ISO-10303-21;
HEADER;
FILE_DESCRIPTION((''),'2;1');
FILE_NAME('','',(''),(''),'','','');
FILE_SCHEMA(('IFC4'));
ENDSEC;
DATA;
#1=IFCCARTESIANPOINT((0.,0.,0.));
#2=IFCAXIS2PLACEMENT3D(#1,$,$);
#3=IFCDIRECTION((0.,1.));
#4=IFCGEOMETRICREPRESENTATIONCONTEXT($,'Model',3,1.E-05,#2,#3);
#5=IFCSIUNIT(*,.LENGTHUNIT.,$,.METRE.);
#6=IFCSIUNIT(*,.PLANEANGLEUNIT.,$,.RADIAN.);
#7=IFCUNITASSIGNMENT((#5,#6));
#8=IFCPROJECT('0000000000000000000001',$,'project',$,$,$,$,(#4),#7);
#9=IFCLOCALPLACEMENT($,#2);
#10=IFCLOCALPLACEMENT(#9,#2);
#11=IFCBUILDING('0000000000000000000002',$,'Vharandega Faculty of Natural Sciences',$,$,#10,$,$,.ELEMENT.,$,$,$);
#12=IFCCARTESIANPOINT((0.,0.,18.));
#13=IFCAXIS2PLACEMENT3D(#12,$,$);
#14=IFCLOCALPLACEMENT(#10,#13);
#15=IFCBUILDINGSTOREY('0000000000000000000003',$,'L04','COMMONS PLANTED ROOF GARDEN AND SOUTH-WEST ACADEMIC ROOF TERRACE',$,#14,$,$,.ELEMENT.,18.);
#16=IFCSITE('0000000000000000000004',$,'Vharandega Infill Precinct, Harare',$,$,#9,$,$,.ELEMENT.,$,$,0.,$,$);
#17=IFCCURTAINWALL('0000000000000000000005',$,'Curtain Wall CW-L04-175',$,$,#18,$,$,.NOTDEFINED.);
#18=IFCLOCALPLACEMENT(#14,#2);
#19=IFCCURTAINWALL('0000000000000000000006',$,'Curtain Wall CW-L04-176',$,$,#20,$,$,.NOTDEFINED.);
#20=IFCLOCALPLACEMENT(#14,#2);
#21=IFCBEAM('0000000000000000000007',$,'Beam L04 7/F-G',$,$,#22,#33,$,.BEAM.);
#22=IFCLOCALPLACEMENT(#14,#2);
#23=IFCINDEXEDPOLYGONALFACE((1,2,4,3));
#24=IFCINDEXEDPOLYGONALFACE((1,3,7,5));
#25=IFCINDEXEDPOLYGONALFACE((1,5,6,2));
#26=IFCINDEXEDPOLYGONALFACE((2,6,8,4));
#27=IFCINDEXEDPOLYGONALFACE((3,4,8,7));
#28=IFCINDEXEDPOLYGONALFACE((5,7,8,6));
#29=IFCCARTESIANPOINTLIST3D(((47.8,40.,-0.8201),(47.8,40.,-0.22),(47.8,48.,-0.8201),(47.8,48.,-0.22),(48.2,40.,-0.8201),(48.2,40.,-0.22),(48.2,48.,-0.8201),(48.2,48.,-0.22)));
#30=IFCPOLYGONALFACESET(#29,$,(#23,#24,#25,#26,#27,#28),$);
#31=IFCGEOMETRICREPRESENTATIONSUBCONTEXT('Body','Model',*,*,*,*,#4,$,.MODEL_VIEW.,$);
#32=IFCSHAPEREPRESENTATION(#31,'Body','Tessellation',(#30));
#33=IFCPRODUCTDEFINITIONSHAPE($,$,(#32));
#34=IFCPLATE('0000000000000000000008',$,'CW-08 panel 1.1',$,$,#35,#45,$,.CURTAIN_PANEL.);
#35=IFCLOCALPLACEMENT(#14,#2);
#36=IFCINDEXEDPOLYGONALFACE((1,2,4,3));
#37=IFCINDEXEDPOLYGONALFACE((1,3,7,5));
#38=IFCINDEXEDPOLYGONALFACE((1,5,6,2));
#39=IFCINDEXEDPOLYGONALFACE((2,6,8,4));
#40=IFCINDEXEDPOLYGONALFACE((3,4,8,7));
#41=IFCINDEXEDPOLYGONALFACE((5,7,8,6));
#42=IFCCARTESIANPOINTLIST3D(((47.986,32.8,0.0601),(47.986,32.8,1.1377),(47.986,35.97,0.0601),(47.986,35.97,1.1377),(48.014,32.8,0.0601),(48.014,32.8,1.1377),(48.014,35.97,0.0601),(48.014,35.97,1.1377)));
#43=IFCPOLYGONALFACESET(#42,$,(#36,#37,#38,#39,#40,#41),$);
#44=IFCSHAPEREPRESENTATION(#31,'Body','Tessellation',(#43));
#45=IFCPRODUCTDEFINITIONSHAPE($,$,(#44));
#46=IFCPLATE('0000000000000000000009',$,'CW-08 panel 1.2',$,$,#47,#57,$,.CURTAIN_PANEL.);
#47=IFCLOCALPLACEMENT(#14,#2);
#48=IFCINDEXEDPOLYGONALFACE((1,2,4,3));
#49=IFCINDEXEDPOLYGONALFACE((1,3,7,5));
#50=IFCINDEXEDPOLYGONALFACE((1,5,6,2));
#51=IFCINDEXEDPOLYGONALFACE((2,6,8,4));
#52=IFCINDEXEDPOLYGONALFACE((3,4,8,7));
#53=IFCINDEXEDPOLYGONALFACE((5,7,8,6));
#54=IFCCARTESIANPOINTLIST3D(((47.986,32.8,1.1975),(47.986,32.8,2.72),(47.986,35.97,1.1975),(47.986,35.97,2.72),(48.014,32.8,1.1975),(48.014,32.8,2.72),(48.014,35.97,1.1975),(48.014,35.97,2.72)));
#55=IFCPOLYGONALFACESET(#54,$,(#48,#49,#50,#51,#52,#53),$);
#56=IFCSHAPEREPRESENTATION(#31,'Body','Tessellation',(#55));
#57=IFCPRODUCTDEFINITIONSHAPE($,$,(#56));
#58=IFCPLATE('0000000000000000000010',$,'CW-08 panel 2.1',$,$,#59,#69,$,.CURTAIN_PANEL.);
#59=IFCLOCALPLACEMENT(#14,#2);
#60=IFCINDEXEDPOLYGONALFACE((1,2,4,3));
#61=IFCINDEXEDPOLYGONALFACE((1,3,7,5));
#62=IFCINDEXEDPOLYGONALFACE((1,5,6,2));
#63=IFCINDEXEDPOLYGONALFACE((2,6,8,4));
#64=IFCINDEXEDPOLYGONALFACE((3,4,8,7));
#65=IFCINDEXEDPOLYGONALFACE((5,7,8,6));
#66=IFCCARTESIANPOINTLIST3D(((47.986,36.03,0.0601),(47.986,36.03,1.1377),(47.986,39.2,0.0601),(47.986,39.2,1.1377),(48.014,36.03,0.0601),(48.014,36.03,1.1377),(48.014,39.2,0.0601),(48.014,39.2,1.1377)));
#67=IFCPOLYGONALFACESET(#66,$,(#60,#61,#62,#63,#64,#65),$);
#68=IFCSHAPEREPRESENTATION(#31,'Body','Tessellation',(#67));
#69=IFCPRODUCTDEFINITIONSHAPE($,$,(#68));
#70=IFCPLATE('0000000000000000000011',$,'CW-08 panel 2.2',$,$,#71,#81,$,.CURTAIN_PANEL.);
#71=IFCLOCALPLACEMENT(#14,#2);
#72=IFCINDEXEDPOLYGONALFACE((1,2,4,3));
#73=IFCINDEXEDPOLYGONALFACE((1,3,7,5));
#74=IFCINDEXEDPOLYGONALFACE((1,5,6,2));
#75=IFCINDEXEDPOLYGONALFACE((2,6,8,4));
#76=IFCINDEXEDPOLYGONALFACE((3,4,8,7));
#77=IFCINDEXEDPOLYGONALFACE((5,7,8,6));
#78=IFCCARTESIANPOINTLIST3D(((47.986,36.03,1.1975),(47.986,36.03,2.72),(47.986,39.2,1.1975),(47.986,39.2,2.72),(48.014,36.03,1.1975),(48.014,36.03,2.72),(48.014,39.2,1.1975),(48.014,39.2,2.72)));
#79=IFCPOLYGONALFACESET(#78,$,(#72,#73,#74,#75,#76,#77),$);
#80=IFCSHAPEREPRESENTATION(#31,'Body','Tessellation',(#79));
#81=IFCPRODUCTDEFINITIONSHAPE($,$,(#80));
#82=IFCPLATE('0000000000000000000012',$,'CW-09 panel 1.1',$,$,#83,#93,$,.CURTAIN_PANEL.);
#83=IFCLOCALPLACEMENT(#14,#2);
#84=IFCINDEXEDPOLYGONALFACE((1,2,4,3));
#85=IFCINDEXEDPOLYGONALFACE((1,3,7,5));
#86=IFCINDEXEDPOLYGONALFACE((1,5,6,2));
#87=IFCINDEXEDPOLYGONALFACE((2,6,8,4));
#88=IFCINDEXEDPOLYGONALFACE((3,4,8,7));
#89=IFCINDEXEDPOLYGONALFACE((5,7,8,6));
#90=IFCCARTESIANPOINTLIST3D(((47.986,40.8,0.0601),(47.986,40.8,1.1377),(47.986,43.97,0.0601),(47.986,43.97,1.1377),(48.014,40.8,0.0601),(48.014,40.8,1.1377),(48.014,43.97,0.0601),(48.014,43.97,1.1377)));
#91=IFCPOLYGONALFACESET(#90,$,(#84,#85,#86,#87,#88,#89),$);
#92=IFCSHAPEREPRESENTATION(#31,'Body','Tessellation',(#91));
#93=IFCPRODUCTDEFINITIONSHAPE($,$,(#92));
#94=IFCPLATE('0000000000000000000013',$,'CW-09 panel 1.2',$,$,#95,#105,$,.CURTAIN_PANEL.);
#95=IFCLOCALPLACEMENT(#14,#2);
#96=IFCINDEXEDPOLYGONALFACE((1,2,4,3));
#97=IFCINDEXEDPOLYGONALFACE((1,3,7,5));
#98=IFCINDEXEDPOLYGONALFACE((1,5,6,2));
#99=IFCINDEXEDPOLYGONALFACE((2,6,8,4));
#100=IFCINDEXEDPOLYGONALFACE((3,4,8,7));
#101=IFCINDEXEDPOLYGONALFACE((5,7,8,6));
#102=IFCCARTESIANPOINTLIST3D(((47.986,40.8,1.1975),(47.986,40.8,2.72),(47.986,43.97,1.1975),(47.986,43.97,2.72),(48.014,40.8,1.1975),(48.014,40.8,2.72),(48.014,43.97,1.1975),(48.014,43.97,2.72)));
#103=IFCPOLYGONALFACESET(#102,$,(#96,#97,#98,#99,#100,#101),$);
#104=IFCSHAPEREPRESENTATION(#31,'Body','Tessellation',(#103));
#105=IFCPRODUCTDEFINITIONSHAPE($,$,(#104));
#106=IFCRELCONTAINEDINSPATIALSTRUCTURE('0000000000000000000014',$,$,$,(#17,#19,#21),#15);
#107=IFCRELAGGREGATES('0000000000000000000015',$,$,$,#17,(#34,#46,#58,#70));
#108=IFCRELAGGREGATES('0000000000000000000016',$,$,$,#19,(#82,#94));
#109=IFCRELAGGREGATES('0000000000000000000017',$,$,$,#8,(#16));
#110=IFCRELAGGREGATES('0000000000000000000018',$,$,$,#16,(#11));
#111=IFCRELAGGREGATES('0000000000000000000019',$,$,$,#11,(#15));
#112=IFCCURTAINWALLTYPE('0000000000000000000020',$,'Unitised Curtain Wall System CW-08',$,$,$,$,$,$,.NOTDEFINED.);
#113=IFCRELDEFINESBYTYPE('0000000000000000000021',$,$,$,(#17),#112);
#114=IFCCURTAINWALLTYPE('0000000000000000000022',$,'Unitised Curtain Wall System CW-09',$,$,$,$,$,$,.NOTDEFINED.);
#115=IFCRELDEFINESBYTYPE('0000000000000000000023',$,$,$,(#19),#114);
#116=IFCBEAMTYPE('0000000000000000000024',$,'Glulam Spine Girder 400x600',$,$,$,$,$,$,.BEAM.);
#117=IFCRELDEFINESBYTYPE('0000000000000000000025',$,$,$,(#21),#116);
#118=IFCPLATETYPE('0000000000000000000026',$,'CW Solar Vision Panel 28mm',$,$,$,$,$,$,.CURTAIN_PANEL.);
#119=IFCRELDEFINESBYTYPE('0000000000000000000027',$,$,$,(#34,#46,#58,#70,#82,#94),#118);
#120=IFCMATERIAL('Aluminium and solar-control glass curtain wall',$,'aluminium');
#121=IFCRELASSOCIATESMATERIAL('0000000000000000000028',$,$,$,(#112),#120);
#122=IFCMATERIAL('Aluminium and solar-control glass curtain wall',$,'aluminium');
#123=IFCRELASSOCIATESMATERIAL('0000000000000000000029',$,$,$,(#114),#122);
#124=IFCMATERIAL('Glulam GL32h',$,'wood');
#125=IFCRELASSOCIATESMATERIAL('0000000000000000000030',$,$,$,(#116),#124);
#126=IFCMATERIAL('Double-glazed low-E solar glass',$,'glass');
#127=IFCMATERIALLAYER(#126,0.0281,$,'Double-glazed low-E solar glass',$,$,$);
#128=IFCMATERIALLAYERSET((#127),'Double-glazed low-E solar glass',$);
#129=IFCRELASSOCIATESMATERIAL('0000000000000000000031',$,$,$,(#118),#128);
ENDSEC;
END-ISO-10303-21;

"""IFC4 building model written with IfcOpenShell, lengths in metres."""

from ifc_helpers import new_model, si_unit, direction, frame, origin, origin_2d, place, context, subcontext, project, spatial, rectangle, extrude, material, layer, layer_set, material_profile, profile_set, type_object, element, aggregate, save


model = new_model("IFC4")

# Units and contexts
model_context = context("Model", 3, precision=1e-05, world=origin(), true_north=direction((0.0, 1.0)))
body_context = subcontext(model_context, "Body", "Model", "MODEL_VIEW")
ifc_project = project(units=[si_unit("LENGTHUNIT", "METRE"), si_unit("PLANEANGLEUNIT", "RADIAN")], contexts=[model_context])

# Site, building, storey
site_placement = place(None, origin())
site = spatial("IfcSite", under=ifc_project, at=site_placement, Name="Vharandega Infill Precinct, Harare", CompositionType="ELEMENT", RefElevation=0.0)
building_placement = place(site_placement, origin())
building = spatial("IfcBuilding", under=site, at=building_placement, Name="Vharandega Faculty of Natural Sciences", CompositionType="ELEMENT")
storey_placement = place(building_placement, frame((0.0, 0.0, 18.0)))
storey = spatial("IfcBuildingStorey", under=building, at=storey_placement, Name="L04", Description="COMMONS PLANTED ROOF GARDEN AND SOUTH-WEST ACADEMIC ROOF TERRACE", CompositionType="ELEMENT", Elevation=18.0)

# Curtain walls
ifc_material_1 = material(Name="Aluminium and solar-control glass curtain wall", Category="aluminium")
curtain_wall_type_1 = type_object("IfcCurtainWallType", Name="Unitised Curtain Wall System CW-08", PredefinedType="NOTDEFINED", material=ifc_material_1)
curtain_wall_1_placement = place(storey_placement, origin())
curtain_wall_1 = element("IfcCurtainWall", 1, at=curtain_wall_1_placement, inside=storey, type_object=curtain_wall_type_1, Name="Curtain Wall CW-L04-175", PredefinedType="NOTDEFINED")
ifc_material_2 = material(Name="Aluminium and solar-control glass curtain wall", Category="aluminium")
curtain_wall_type_2 = type_object("IfcCurtainWallType", Name="Unitised Curtain Wall System CW-09", PredefinedType="NOTDEFINED", material=ifc_material_2)
curtain_wall_2_placement = place(storey_placement, origin())
curtain_wall_2 = element("IfcCurtainWall", 2, at=curtain_wall_2_placement, inside=storey, type_object=curtain_wall_type_2, Name="Curtain Wall CW-L04-176", PredefinedType="NOTDEFINED")

# Beam
ifc_material_3 = material(Name="Glulam GL32h", Category="wood")
ifc_material_profile_1 = material_profile(ifc_material_3, rectangle(XDim=0.3999, YDim=0.6001, at=origin_2d()), Name="GL32h 400x600")
ifc_profile_set_1 = profile_set([ifc_material_profile_1], Name="Glulam GL32h")
beam_type = type_object("IfcBeamType", Name="Glulam Spine Girder 400x600", PredefinedType="BEAM", material=ifc_profile_set_1)
beam_placement = place(storey_placement, frame((48.0, 40.0, -0.52), z_axis=(0.0, 1.0, 0.0), x_axis=(-1.0, 0.0, 0.0)))
element("IfcBeam", 3, at=beam_placement, inside=storey, type_object=beam_type, Name="Beam L04 7/F-G", PredefinedType="BEAM", context=body_context, shape_type="SweptSolid", body=[
    extrude(rectangle(XDim=0.3999, YDim=0.6001, at=origin_2d()), origin(), (0.0, 0.0, 1.0), 8.0),
])

# Plates
ifc_material_4 = material(Name="Double-glazed low-E solar glass", Category="glass")
ifc_layer = layer(ifc_material_4, 0.0281, Name="Double-glazed low-E solar glass")
ifc_layer_set = layer_set([ifc_layer], Name="Double-glazed low-E solar glass")
plate_type = type_object("IfcPlateType", Name="CW Solar Vision Panel 28mm", PredefinedType="CURTAIN_PANEL", material=ifc_layer_set)
plate_1_placement = place(storey_placement, frame((48.0, 34.385, 0.0601), z_axis=(0.0, 0.0, 1.0), x_axis=(0.0, 1.0, 0.0)))
plate_1 = element("IfcPlate", 4, at=plate_1_placement, type_object=plate_type, Name="CW-08 panel 1.1", PredefinedType="CURTAIN_PANEL", context=body_context, shape_type="SweptSolid", body=[
    extrude(rectangle(XDim=3.1699, YDim=0.0281, at=origin_2d()), origin(), (0.0, 0.0, 1.0), 1.0776),
])
plate_2_placement = place(storey_placement, frame((48.0, 34.385, 1.1975), z_axis=(0.0, 0.0, 1.0), x_axis=(0.0, 1.0, 0.0)))
plate_2 = element("IfcPlate", 5, at=plate_2_placement, type_object=plate_type, Name="CW-08 panel 1.2", PredefinedType="CURTAIN_PANEL", context=body_context, shape_type="SweptSolid", body=[
    extrude(rectangle(XDim=3.1699, YDim=0.0281, at=origin_2d()), origin(), (0.0, 0.0, 1.0), 1.5225),
])
plate_3_placement = place(storey_placement, frame((48.0, 37.615, 0.0601), z_axis=(0.0, 0.0, 1.0), x_axis=(0.0, 1.0, 0.0)))
plate_3 = element("IfcPlate", 6, at=plate_3_placement, type_object=plate_type, Name="CW-08 panel 2.1", PredefinedType="CURTAIN_PANEL", context=body_context, shape_type="SweptSolid", body=[
    extrude(rectangle(XDim=3.1699, YDim=0.0281, at=origin_2d()), origin(), (0.0, 0.0, 1.0), 1.0776),
])
plate_4_placement = place(storey_placement, frame((48.0, 37.615, 1.1975), z_axis=(0.0, 0.0, 1.0), x_axis=(0.0, 1.0, 0.0)))
plate_4 = element("IfcPlate", 7, at=plate_4_placement, type_object=plate_type, Name="CW-08 panel 2.2", PredefinedType="CURTAIN_PANEL", context=body_context, shape_type="SweptSolid", body=[
    extrude(rectangle(XDim=3.1699, YDim=0.0281, at=origin_2d()), origin(), (0.0, 0.0, 1.0), 1.5225),
])
aggregate(curtain_wall_1, [plate_1, plate_2, plate_3, plate_4])
plate_5_placement = place(storey_placement, frame((48.0, 42.385, 0.0601), z_axis=(0.0, 0.0, 1.0), x_axis=(0.0, 1.0, 0.0)))
plate_5 = element("IfcPlate", 8, at=plate_5_placement, type_object=plate_type, Name="CW-09 panel 1.1", PredefinedType="CURTAIN_PANEL", context=body_context, shape_type="SweptSolid", body=[
    extrude(rectangle(XDim=3.1699, YDim=0.0281, at=origin_2d()), origin(), (0.0, 0.0, 1.0), 1.0776),
])
plate_6_placement = place(storey_placement, frame((48.0, 42.385, 1.1975), z_axis=(0.0, 0.0, 1.0), x_axis=(0.0, 1.0, 0.0)))
plate_6 = element("IfcPlate", 9, at=plate_6_placement, type_object=plate_type, Name="CW-09 panel 1.2", PredefinedType="CURTAIN_PANEL", context=body_context, shape_type="SweptSolid", body=[
    extrude(rectangle(XDim=3.1699, YDim=0.0281, at=origin_2d()), origin(), (0.0, 0.0, 1.0), 1.5225),
])
aggregate(curtain_wall_2, [plate_5, plate_6])

save(model, "model.ifc")
